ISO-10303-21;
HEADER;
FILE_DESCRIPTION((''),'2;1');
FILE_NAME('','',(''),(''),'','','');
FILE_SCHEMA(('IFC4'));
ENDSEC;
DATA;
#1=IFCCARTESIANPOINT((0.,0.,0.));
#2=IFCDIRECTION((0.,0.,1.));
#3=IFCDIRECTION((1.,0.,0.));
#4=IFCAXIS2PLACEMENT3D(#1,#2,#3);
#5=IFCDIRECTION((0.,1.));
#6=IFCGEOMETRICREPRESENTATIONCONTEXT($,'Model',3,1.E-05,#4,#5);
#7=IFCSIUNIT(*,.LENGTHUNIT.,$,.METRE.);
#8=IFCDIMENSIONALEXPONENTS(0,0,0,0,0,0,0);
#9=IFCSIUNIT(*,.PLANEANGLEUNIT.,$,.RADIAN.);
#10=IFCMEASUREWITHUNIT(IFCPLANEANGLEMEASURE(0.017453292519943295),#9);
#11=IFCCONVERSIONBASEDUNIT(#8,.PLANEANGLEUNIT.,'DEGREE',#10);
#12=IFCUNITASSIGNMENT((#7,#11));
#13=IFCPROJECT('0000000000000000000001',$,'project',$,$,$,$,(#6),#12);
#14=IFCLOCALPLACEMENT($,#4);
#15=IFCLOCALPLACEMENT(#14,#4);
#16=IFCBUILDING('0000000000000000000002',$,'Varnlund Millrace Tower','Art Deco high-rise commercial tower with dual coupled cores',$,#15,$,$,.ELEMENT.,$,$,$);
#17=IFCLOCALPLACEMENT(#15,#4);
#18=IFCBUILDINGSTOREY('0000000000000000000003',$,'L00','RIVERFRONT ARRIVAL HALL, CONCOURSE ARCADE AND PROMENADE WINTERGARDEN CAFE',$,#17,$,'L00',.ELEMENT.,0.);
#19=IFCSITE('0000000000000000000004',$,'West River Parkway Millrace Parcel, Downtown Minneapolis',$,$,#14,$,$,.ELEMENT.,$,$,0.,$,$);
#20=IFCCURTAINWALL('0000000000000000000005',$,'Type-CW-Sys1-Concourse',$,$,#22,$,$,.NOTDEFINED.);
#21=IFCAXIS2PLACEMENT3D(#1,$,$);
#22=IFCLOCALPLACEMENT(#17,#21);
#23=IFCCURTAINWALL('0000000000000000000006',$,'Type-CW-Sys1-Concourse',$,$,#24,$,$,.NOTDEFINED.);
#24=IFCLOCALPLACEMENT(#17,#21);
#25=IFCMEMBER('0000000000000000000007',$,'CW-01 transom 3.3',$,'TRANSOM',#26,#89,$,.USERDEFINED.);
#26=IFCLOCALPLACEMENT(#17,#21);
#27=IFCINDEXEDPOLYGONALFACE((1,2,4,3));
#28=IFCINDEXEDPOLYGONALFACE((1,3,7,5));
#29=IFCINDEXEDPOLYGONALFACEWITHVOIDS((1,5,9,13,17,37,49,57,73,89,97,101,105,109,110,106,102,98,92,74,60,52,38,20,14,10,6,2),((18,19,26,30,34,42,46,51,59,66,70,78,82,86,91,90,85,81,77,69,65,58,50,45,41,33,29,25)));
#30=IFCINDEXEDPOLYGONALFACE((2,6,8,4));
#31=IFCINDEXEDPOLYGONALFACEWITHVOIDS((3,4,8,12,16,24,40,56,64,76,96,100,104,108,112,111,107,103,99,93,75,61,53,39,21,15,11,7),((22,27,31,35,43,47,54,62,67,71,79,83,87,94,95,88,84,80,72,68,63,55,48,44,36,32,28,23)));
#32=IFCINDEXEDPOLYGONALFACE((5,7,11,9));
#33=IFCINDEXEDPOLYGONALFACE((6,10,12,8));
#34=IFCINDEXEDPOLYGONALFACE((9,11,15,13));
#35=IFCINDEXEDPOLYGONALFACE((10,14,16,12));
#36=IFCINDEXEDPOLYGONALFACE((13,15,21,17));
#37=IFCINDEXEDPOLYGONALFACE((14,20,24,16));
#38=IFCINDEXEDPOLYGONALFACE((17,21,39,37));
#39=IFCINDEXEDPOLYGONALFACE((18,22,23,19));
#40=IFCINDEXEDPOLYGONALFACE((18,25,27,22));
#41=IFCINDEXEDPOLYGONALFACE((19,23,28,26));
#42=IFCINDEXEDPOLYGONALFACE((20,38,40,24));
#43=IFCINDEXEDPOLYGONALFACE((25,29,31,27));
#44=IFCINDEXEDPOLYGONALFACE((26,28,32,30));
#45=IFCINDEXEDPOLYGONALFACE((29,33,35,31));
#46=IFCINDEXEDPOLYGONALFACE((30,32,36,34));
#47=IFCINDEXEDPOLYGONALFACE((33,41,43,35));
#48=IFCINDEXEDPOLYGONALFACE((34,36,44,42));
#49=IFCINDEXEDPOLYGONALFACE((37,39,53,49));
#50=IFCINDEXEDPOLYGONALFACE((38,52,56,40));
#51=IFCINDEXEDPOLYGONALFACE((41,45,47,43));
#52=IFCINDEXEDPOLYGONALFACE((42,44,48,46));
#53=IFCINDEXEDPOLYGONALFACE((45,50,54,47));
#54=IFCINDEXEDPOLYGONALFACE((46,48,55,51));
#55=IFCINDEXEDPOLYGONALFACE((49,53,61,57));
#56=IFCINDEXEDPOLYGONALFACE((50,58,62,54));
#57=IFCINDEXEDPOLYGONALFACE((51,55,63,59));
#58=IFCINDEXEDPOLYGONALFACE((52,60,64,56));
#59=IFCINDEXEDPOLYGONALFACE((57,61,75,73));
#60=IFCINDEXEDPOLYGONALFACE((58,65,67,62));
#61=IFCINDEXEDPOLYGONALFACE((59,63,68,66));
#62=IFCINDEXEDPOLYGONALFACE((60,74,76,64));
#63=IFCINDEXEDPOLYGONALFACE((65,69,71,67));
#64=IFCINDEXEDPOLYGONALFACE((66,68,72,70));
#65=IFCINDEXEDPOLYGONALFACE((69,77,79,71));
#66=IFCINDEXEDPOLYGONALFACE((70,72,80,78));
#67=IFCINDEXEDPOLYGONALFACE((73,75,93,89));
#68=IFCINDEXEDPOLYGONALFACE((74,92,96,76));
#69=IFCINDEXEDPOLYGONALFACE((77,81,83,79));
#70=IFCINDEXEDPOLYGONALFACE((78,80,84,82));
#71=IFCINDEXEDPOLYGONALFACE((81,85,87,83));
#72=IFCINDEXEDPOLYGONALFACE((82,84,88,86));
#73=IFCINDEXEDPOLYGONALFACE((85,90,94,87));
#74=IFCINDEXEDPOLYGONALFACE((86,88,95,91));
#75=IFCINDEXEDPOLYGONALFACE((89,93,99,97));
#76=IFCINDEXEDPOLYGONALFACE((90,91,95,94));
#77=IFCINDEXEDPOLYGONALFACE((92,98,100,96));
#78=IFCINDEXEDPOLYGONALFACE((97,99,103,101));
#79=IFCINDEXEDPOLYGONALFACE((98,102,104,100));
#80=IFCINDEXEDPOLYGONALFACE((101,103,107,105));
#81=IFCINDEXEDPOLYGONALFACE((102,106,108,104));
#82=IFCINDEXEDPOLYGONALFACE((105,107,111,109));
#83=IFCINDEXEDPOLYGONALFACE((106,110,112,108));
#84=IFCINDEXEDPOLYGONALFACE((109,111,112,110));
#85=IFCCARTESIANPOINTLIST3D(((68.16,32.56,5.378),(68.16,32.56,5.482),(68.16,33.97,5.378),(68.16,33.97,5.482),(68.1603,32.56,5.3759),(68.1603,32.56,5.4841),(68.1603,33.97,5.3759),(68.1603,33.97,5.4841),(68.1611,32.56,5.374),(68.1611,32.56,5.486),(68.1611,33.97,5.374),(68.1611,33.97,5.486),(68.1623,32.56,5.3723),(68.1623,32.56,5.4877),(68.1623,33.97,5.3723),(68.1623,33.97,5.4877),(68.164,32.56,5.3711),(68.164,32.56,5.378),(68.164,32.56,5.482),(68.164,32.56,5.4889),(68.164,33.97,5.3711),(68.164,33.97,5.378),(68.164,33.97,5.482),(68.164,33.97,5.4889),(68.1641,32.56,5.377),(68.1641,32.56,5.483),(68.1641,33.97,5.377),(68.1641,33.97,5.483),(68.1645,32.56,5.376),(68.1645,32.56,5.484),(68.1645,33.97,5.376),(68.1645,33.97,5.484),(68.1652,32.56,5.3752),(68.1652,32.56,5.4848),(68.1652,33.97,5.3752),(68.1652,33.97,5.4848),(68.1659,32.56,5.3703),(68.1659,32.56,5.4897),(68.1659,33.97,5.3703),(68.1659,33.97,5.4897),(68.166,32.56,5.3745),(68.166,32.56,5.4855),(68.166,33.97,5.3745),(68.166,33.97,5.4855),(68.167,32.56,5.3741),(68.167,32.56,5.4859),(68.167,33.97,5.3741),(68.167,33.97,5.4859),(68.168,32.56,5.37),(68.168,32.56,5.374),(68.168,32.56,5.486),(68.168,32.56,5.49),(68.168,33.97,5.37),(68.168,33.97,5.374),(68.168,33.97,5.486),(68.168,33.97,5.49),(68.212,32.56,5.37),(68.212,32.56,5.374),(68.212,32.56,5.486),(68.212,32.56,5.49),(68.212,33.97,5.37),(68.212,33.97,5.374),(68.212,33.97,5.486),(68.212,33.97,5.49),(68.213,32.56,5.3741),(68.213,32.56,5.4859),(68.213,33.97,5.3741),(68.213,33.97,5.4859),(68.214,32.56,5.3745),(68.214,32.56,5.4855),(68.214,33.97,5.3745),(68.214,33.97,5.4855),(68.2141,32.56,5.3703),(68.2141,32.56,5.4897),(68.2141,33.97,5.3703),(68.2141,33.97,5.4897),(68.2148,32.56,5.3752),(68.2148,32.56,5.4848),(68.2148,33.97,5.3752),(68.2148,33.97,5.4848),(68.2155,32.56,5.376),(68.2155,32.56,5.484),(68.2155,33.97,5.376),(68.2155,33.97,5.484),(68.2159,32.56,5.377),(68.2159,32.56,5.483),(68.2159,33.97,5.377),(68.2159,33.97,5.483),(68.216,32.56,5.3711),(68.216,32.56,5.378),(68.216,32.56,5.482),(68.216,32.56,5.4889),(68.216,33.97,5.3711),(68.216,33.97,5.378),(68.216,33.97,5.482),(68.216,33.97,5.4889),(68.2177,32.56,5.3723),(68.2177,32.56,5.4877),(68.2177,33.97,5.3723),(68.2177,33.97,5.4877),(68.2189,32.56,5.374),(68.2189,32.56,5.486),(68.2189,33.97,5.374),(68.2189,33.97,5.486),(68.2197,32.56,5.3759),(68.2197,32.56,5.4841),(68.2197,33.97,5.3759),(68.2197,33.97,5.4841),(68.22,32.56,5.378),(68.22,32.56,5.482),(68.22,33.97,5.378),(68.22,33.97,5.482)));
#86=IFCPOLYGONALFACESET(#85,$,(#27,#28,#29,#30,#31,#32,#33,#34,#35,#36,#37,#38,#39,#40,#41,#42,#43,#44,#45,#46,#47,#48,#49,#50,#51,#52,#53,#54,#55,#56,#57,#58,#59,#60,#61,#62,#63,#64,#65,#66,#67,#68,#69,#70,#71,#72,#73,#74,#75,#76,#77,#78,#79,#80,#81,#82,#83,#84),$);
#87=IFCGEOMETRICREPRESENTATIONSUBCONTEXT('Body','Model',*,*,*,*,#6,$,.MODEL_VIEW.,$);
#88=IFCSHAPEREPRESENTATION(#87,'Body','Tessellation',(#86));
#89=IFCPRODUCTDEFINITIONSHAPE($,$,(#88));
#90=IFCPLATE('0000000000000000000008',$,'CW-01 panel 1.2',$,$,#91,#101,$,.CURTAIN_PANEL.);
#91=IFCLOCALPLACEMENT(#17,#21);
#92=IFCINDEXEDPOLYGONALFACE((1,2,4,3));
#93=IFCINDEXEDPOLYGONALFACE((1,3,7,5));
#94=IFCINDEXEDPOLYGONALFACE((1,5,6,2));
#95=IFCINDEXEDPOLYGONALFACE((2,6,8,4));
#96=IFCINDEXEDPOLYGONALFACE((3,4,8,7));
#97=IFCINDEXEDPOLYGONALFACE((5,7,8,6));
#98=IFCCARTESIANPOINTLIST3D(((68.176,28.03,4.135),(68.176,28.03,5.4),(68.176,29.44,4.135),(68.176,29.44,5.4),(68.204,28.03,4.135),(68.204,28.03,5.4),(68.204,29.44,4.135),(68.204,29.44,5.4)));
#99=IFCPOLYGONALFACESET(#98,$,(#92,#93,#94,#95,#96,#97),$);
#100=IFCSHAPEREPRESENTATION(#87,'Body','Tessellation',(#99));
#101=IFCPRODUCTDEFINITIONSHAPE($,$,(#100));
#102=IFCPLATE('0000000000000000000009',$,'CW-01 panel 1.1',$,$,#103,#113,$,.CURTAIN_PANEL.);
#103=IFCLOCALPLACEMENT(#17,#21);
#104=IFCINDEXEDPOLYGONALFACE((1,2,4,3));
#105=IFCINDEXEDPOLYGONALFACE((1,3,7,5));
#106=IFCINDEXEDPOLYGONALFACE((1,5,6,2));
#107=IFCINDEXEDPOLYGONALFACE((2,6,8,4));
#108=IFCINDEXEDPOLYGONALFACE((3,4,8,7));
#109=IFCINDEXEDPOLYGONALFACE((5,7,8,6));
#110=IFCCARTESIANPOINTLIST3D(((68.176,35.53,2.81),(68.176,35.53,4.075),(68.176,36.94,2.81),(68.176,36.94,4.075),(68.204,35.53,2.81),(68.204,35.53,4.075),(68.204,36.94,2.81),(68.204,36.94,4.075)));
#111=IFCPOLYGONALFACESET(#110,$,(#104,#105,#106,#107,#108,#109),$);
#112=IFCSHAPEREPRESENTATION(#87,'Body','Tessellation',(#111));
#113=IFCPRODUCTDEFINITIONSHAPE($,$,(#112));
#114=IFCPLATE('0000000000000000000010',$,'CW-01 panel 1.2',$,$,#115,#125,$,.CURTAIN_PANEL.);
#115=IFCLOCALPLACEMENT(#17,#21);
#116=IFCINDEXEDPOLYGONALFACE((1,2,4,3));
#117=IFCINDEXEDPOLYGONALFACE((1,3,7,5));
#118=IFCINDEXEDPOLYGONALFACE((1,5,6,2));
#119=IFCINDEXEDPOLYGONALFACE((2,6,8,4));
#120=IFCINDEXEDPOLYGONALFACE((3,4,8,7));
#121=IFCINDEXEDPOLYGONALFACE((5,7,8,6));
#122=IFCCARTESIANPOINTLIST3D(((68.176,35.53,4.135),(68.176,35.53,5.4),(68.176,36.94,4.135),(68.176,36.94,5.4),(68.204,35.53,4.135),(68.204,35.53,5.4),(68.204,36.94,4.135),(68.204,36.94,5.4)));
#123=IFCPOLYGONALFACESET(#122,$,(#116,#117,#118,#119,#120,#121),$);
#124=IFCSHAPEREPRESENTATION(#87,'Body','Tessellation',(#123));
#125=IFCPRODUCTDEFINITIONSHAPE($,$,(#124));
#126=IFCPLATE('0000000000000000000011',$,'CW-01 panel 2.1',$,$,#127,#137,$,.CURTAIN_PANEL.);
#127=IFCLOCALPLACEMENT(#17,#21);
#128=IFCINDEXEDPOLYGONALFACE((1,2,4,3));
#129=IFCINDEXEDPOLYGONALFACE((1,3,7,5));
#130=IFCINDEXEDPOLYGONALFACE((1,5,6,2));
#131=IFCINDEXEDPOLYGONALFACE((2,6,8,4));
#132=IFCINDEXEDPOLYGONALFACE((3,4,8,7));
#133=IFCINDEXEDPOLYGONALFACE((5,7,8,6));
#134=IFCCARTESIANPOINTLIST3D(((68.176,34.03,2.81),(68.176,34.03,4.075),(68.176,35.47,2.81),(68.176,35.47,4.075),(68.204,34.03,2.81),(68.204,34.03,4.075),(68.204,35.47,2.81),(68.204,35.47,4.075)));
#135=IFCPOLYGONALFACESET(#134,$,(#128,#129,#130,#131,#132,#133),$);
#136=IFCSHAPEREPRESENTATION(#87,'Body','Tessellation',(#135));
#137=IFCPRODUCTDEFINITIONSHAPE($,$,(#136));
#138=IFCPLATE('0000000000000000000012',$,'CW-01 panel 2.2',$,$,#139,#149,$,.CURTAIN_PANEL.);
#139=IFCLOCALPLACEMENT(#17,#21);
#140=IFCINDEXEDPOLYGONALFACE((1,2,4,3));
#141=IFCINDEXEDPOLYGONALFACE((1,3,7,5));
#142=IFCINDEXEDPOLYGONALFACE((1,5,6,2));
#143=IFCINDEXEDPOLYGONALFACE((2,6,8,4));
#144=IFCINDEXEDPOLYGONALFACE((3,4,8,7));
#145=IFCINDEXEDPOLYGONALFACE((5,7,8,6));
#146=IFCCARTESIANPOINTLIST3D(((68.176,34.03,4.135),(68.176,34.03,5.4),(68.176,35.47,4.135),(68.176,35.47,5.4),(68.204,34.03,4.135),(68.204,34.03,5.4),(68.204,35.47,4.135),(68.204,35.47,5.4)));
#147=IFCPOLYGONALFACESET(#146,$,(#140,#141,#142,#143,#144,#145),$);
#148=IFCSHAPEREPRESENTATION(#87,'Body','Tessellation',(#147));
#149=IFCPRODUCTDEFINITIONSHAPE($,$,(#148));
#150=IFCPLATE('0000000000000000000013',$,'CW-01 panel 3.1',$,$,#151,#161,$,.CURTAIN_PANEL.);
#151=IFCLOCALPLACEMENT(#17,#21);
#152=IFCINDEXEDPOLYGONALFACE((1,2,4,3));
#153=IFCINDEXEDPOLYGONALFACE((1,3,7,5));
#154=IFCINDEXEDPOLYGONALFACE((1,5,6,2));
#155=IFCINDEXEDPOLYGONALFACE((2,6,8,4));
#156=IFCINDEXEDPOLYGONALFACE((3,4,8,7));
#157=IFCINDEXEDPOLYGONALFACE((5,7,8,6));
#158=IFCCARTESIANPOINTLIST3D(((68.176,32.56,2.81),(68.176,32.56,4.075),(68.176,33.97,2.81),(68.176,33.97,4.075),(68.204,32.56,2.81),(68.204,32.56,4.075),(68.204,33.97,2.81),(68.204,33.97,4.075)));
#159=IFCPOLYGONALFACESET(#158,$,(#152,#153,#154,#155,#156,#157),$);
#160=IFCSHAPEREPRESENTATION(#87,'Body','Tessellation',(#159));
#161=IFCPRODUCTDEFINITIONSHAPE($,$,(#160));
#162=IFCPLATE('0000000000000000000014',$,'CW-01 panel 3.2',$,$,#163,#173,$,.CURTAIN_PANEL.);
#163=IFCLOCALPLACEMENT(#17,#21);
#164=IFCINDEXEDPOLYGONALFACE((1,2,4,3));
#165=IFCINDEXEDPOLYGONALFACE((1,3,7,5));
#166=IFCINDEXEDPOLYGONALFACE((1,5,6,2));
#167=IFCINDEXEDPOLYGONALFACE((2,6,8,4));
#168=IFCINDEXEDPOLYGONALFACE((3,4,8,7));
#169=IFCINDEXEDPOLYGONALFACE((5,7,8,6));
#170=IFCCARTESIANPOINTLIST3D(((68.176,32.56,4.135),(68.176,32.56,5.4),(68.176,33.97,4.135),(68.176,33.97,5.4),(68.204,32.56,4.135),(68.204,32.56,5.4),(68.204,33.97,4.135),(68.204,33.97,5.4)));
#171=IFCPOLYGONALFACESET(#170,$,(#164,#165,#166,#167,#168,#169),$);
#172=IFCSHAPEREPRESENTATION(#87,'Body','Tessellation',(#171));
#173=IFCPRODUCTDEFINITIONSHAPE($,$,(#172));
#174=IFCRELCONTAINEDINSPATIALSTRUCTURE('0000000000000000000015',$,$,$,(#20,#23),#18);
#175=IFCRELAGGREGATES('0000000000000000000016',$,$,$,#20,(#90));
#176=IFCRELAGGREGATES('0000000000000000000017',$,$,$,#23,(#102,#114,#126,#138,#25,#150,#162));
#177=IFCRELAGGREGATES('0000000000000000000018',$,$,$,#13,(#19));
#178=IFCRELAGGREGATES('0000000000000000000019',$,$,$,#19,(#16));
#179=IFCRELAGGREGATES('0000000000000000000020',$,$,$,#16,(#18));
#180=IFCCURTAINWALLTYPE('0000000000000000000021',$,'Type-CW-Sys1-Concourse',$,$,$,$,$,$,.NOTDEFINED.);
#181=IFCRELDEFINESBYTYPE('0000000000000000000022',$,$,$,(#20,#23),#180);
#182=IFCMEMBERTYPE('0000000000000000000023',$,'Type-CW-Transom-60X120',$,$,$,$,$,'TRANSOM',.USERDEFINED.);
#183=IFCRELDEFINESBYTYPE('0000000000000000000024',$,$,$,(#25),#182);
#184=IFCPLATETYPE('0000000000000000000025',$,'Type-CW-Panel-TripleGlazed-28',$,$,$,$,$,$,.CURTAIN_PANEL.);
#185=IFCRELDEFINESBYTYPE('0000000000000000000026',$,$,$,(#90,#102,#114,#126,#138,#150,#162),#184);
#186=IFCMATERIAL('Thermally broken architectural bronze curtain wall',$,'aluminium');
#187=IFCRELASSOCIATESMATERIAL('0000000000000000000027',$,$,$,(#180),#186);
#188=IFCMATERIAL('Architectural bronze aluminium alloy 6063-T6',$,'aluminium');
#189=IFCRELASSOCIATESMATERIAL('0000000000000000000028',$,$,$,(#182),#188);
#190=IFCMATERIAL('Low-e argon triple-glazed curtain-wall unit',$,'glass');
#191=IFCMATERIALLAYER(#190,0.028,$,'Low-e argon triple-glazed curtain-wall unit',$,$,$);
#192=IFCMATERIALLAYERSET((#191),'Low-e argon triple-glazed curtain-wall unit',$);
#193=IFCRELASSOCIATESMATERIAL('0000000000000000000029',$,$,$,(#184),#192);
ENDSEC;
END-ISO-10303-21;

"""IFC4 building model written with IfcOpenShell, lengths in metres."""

from ifc_helpers import new_model, entity, si_unit, converted_unit, direction, frame, origin_with_axes, origin_2d_with_axis, place, context, subcontext, project, spatial, rectangle, hollow_rectangle, extrude, material, layer, layer_set, material_profile, profile_set, type_object, element, aggregate, save


model = new_model("IFC4")

# Units and contexts
model_context = context("Model", 3, precision=1e-05, world=origin_with_axes(), true_north=direction((0.0, 1.0)))
body_context = subcontext(model_context, "Body", "Model", "MODEL_VIEW")
ifc_project = project(units=[si_unit("LENGTHUNIT", "METRE"), converted_unit("PLANEANGLEUNIT", "DEGREE", entity("IfcPlaneAngleMeasure", 0.017453292519943295), si_unit("PLANEANGLEUNIT", "RADIAN"), dimensions=[0, 0, 0, 0, 0, 0, 0])], contexts=[model_context])

# Site, building, storey
site_placement = place(None, origin_with_axes())
site = spatial("IfcSite", under=ifc_project, at=site_placement, Name="West River Parkway Millrace Parcel, Downtown Minneapolis", CompositionType="ELEMENT", RefElevation=0.0)
building_placement = place(site_placement, origin_with_axes())
building = spatial("IfcBuilding", under=site, at=building_placement, Name="Varnlund Millrace Tower", Description="Art Deco high-rise commercial tower with dual coupled cores", CompositionType="ELEMENT")
storey_placement = place(building_placement, origin_with_axes())
storey = spatial("IfcBuildingStorey", under=building, at=storey_placement, Name="L00", Description="RIVERFRONT ARRIVAL HALL, CONCOURSE ARCADE AND PROMENADE WINTERGARDEN CAFE", LongName="L00", CompositionType="ELEMENT", Elevation=0.0)

# Curtain wall
ifc_material_1 = material(Name="Thermally broken architectural bronze curtain wall", Category="aluminium")
curtain_wall_type = type_object("IfcCurtainWallType", Name="Type-CW-Sys1-Concourse", PredefinedType="NOTDEFINED", material=ifc_material_1)
curtain_wall_1_placement = place(storey_placement, frame((68.19, 29.5, 2.75), z_axis=(0.0, 0.0, 1.0), x_axis=(1.0, 0.0, 0.0)))
curtain_wall_1 = element("IfcCurtainWall", 1, at=curtain_wall_1_placement, inside=storey, type_object=curtain_wall_type, Name="Type-CW-Sys1-Concourse", PredefinedType="NOTDEFINED")
ifc_material_2 = material(Name="Architectural bronze aluminium alloy 6063-T6", Category="aluminium")

# Curtain wall
curtain_wall_2_placement = place(storey_placement, frame((68.19, 37.0, 2.75), z_axis=(0.0, 0.0, 1.0), x_axis=(1.0, 0.0, 0.0)))
curtain_wall_2 = element("IfcCurtainWall", 2, at=curtain_wall_2_placement, inside=storey, type_object=curtain_wall_type, Name="Type-CW-Sys1-Concourse", PredefinedType="NOTDEFINED")

# Member
ifc_material_profile_1 = material_profile(ifc_material_2, hollow_rectangle(XDim=0.06, YDim=0.12, WallThickness=0.004, InnerFilletRadius=0.004, OuterFilletRadius=0.008, at=origin_2d_with_axis()), Name="Architectural bronze aluminium alloy 6063-T6")
ifc_profile_set_1 = profile_set([ifc_material_profile_1], Name="Architectural bronze aluminium alloy 6063-T6")
member_type_1 = type_object("IfcMemberType", Name="Type-CW-Transom-60X120", ElementType="TRANSOM", PredefinedType="USERDEFINED", material=ifc_profile_set_1)
member_1_placement = place(storey_placement, frame((68.19, 33.97, 5.43), z_axis=(0.0, -1.0, 0.0), x_axis=(1.0, 0.0, 0.0)))
member_1 = element("IfcMember", 3, at=member_1_placement, type_object=member_type_1, Name="CW-01 transom 3.3", ObjectType="TRANSOM", PredefinedType="USERDEFINED", context=body_context, shape_type="SweptSolid", body=[
    extrude(hollow_rectangle(XDim=0.06, YDim=0.12, WallThickness=0.004, InnerFilletRadius=0.004, OuterFilletRadius=0.008, at=origin_2d_with_axis()), origin_with_axes(), (0.0, 0.0, 1.0), 1.41),
])

# Plates
ifc_material_3 = material(Name="Low-e argon triple-glazed curtain-wall unit", Category="glass")
ifc_layer_1 = layer(ifc_material_3, 0.028, Name="Low-e argon triple-glazed curtain-wall unit")
ifc_layer_set_1 = layer_set([ifc_layer_1], Name="Low-e argon triple-glazed curtain-wall unit")
plate_type = type_object("IfcPlateType", Name="Type-CW-Panel-TripleGlazed-28", PredefinedType="CURTAIN_PANEL", material=ifc_layer_set_1)
plate_1_placement = place(storey_placement, frame((68.19, 28.735, 4.135), z_axis=(0.0, 0.0, 1.0), x_axis=(0.0, -1.0, 0.0)))
plate_1 = element("IfcPlate", 4, at=plate_1_placement, type_object=plate_type, Name="CW-01 panel 1.2", PredefinedType="CURTAIN_PANEL", context=body_context, shape_type="SweptSolid", body=[
    extrude(rectangle(XDim=1.41, YDim=0.028, at=origin_2d_with_axis()), origin_with_axes(), (0.0, 0.0, 1.0), 1.265),
])
aggregate(curtain_wall_1, [plate_1])
plate_2_placement = place(storey_placement, frame((68.19, 36.235, 2.81), z_axis=(0.0, 0.0, 1.0), x_axis=(0.0, -1.0, 0.0)))
plate_2 = element("IfcPlate", 5, at=plate_2_placement, type_object=plate_type, Name="CW-01 panel 1.1", PredefinedType="CURTAIN_PANEL", context=body_context, shape_type="SweptSolid", body=[
    extrude(rectangle(XDim=1.41, YDim=0.028, at=origin_2d_with_axis()), origin_with_axes(), (0.0, 0.0, 1.0), 1.265),
])
plate_3_placement = place(storey_placement, frame((68.19, 36.235, 4.135), z_axis=(0.0, 0.0, 1.0), x_axis=(0.0, -1.0, 0.0)))
plate_3 = element("IfcPlate", 6, at=plate_3_placement, type_object=plate_type, Name="CW-01 panel 1.2", PredefinedType="CURTAIN_PANEL", context=body_context, shape_type="SweptSolid", body=[
    extrude(rectangle(XDim=1.41, YDim=0.028, at=origin_2d_with_axis()), origin_with_axes(), (0.0, 0.0, 1.0), 1.265),
])
plate_4_placement = place(storey_placement, frame((68.19, 34.75, 2.81), z_axis=(0.0, 0.0, 1.0), x_axis=(0.0, -1.0, 0.0)))
plate_4 = element("IfcPlate", 7, at=plate_4_placement, type_object=plate_type, Name="CW-01 panel 2.1", PredefinedType="CURTAIN_PANEL", context=body_context, shape_type="SweptSolid", body=[
    extrude(rectangle(XDim=1.44, YDim=0.028, at=origin_2d_with_axis()), origin_with_axes(), (0.0, 0.0, 1.0), 1.265),
])
plate_5_placement = place(storey_placement, frame((68.19, 34.75, 4.135), z_axis=(0.0, 0.0, 1.0), x_axis=(0.0, -1.0, 0.0)))
plate_5 = element("IfcPlate", 8, at=plate_5_placement, type_object=plate_type, Name="CW-01 panel 2.2", PredefinedType="CURTAIN_PANEL", context=body_context, shape_type="SweptSolid", body=[
    extrude(rectangle(XDim=1.44, YDim=0.028, at=origin_2d_with_axis()), origin_with_axes(), (0.0, 0.0, 1.0), 1.265),
])
plate_6_placement = place(storey_placement, frame((68.19, 33.265, 2.81), z_axis=(0.0, 0.0, 1.0), x_axis=(0.0, -1.0, 0.0)))
plate_6 = element("IfcPlate", 9, at=plate_6_placement, type_object=plate_type, Name="CW-01 panel 3.1", PredefinedType="CURTAIN_PANEL", context=body_context, shape_type="SweptSolid", body=[
    extrude(rectangle(XDim=1.41, YDim=0.028, at=origin_2d_with_axis()), origin_with_axes(), (0.0, 0.0, 1.0), 1.265),
])
plate_7_placement = place(storey_placement, frame((68.19, 33.265, 4.135), z_axis=(0.0, 0.0, 1.0), x_axis=(0.0, -1.0, 0.0)))
plate_7 = element("IfcPlate", 10, at=plate_7_placement, type_object=plate_type, Name="CW-01 panel 3.2", PredefinedType="CURTAIN_PANEL", context=body_context, shape_type="SweptSolid", body=[
    extrude(rectangle(XDim=1.41, YDim=0.028, at=origin_2d_with_axis()), origin_with_axes(), (0.0, 0.0, 1.0), 1.265),
])
aggregate(curtain_wall_2, [plate_2, plate_3, plate_4, plate_5, member_1, plate_6, plate_7])

save(model, "model.ifc")
